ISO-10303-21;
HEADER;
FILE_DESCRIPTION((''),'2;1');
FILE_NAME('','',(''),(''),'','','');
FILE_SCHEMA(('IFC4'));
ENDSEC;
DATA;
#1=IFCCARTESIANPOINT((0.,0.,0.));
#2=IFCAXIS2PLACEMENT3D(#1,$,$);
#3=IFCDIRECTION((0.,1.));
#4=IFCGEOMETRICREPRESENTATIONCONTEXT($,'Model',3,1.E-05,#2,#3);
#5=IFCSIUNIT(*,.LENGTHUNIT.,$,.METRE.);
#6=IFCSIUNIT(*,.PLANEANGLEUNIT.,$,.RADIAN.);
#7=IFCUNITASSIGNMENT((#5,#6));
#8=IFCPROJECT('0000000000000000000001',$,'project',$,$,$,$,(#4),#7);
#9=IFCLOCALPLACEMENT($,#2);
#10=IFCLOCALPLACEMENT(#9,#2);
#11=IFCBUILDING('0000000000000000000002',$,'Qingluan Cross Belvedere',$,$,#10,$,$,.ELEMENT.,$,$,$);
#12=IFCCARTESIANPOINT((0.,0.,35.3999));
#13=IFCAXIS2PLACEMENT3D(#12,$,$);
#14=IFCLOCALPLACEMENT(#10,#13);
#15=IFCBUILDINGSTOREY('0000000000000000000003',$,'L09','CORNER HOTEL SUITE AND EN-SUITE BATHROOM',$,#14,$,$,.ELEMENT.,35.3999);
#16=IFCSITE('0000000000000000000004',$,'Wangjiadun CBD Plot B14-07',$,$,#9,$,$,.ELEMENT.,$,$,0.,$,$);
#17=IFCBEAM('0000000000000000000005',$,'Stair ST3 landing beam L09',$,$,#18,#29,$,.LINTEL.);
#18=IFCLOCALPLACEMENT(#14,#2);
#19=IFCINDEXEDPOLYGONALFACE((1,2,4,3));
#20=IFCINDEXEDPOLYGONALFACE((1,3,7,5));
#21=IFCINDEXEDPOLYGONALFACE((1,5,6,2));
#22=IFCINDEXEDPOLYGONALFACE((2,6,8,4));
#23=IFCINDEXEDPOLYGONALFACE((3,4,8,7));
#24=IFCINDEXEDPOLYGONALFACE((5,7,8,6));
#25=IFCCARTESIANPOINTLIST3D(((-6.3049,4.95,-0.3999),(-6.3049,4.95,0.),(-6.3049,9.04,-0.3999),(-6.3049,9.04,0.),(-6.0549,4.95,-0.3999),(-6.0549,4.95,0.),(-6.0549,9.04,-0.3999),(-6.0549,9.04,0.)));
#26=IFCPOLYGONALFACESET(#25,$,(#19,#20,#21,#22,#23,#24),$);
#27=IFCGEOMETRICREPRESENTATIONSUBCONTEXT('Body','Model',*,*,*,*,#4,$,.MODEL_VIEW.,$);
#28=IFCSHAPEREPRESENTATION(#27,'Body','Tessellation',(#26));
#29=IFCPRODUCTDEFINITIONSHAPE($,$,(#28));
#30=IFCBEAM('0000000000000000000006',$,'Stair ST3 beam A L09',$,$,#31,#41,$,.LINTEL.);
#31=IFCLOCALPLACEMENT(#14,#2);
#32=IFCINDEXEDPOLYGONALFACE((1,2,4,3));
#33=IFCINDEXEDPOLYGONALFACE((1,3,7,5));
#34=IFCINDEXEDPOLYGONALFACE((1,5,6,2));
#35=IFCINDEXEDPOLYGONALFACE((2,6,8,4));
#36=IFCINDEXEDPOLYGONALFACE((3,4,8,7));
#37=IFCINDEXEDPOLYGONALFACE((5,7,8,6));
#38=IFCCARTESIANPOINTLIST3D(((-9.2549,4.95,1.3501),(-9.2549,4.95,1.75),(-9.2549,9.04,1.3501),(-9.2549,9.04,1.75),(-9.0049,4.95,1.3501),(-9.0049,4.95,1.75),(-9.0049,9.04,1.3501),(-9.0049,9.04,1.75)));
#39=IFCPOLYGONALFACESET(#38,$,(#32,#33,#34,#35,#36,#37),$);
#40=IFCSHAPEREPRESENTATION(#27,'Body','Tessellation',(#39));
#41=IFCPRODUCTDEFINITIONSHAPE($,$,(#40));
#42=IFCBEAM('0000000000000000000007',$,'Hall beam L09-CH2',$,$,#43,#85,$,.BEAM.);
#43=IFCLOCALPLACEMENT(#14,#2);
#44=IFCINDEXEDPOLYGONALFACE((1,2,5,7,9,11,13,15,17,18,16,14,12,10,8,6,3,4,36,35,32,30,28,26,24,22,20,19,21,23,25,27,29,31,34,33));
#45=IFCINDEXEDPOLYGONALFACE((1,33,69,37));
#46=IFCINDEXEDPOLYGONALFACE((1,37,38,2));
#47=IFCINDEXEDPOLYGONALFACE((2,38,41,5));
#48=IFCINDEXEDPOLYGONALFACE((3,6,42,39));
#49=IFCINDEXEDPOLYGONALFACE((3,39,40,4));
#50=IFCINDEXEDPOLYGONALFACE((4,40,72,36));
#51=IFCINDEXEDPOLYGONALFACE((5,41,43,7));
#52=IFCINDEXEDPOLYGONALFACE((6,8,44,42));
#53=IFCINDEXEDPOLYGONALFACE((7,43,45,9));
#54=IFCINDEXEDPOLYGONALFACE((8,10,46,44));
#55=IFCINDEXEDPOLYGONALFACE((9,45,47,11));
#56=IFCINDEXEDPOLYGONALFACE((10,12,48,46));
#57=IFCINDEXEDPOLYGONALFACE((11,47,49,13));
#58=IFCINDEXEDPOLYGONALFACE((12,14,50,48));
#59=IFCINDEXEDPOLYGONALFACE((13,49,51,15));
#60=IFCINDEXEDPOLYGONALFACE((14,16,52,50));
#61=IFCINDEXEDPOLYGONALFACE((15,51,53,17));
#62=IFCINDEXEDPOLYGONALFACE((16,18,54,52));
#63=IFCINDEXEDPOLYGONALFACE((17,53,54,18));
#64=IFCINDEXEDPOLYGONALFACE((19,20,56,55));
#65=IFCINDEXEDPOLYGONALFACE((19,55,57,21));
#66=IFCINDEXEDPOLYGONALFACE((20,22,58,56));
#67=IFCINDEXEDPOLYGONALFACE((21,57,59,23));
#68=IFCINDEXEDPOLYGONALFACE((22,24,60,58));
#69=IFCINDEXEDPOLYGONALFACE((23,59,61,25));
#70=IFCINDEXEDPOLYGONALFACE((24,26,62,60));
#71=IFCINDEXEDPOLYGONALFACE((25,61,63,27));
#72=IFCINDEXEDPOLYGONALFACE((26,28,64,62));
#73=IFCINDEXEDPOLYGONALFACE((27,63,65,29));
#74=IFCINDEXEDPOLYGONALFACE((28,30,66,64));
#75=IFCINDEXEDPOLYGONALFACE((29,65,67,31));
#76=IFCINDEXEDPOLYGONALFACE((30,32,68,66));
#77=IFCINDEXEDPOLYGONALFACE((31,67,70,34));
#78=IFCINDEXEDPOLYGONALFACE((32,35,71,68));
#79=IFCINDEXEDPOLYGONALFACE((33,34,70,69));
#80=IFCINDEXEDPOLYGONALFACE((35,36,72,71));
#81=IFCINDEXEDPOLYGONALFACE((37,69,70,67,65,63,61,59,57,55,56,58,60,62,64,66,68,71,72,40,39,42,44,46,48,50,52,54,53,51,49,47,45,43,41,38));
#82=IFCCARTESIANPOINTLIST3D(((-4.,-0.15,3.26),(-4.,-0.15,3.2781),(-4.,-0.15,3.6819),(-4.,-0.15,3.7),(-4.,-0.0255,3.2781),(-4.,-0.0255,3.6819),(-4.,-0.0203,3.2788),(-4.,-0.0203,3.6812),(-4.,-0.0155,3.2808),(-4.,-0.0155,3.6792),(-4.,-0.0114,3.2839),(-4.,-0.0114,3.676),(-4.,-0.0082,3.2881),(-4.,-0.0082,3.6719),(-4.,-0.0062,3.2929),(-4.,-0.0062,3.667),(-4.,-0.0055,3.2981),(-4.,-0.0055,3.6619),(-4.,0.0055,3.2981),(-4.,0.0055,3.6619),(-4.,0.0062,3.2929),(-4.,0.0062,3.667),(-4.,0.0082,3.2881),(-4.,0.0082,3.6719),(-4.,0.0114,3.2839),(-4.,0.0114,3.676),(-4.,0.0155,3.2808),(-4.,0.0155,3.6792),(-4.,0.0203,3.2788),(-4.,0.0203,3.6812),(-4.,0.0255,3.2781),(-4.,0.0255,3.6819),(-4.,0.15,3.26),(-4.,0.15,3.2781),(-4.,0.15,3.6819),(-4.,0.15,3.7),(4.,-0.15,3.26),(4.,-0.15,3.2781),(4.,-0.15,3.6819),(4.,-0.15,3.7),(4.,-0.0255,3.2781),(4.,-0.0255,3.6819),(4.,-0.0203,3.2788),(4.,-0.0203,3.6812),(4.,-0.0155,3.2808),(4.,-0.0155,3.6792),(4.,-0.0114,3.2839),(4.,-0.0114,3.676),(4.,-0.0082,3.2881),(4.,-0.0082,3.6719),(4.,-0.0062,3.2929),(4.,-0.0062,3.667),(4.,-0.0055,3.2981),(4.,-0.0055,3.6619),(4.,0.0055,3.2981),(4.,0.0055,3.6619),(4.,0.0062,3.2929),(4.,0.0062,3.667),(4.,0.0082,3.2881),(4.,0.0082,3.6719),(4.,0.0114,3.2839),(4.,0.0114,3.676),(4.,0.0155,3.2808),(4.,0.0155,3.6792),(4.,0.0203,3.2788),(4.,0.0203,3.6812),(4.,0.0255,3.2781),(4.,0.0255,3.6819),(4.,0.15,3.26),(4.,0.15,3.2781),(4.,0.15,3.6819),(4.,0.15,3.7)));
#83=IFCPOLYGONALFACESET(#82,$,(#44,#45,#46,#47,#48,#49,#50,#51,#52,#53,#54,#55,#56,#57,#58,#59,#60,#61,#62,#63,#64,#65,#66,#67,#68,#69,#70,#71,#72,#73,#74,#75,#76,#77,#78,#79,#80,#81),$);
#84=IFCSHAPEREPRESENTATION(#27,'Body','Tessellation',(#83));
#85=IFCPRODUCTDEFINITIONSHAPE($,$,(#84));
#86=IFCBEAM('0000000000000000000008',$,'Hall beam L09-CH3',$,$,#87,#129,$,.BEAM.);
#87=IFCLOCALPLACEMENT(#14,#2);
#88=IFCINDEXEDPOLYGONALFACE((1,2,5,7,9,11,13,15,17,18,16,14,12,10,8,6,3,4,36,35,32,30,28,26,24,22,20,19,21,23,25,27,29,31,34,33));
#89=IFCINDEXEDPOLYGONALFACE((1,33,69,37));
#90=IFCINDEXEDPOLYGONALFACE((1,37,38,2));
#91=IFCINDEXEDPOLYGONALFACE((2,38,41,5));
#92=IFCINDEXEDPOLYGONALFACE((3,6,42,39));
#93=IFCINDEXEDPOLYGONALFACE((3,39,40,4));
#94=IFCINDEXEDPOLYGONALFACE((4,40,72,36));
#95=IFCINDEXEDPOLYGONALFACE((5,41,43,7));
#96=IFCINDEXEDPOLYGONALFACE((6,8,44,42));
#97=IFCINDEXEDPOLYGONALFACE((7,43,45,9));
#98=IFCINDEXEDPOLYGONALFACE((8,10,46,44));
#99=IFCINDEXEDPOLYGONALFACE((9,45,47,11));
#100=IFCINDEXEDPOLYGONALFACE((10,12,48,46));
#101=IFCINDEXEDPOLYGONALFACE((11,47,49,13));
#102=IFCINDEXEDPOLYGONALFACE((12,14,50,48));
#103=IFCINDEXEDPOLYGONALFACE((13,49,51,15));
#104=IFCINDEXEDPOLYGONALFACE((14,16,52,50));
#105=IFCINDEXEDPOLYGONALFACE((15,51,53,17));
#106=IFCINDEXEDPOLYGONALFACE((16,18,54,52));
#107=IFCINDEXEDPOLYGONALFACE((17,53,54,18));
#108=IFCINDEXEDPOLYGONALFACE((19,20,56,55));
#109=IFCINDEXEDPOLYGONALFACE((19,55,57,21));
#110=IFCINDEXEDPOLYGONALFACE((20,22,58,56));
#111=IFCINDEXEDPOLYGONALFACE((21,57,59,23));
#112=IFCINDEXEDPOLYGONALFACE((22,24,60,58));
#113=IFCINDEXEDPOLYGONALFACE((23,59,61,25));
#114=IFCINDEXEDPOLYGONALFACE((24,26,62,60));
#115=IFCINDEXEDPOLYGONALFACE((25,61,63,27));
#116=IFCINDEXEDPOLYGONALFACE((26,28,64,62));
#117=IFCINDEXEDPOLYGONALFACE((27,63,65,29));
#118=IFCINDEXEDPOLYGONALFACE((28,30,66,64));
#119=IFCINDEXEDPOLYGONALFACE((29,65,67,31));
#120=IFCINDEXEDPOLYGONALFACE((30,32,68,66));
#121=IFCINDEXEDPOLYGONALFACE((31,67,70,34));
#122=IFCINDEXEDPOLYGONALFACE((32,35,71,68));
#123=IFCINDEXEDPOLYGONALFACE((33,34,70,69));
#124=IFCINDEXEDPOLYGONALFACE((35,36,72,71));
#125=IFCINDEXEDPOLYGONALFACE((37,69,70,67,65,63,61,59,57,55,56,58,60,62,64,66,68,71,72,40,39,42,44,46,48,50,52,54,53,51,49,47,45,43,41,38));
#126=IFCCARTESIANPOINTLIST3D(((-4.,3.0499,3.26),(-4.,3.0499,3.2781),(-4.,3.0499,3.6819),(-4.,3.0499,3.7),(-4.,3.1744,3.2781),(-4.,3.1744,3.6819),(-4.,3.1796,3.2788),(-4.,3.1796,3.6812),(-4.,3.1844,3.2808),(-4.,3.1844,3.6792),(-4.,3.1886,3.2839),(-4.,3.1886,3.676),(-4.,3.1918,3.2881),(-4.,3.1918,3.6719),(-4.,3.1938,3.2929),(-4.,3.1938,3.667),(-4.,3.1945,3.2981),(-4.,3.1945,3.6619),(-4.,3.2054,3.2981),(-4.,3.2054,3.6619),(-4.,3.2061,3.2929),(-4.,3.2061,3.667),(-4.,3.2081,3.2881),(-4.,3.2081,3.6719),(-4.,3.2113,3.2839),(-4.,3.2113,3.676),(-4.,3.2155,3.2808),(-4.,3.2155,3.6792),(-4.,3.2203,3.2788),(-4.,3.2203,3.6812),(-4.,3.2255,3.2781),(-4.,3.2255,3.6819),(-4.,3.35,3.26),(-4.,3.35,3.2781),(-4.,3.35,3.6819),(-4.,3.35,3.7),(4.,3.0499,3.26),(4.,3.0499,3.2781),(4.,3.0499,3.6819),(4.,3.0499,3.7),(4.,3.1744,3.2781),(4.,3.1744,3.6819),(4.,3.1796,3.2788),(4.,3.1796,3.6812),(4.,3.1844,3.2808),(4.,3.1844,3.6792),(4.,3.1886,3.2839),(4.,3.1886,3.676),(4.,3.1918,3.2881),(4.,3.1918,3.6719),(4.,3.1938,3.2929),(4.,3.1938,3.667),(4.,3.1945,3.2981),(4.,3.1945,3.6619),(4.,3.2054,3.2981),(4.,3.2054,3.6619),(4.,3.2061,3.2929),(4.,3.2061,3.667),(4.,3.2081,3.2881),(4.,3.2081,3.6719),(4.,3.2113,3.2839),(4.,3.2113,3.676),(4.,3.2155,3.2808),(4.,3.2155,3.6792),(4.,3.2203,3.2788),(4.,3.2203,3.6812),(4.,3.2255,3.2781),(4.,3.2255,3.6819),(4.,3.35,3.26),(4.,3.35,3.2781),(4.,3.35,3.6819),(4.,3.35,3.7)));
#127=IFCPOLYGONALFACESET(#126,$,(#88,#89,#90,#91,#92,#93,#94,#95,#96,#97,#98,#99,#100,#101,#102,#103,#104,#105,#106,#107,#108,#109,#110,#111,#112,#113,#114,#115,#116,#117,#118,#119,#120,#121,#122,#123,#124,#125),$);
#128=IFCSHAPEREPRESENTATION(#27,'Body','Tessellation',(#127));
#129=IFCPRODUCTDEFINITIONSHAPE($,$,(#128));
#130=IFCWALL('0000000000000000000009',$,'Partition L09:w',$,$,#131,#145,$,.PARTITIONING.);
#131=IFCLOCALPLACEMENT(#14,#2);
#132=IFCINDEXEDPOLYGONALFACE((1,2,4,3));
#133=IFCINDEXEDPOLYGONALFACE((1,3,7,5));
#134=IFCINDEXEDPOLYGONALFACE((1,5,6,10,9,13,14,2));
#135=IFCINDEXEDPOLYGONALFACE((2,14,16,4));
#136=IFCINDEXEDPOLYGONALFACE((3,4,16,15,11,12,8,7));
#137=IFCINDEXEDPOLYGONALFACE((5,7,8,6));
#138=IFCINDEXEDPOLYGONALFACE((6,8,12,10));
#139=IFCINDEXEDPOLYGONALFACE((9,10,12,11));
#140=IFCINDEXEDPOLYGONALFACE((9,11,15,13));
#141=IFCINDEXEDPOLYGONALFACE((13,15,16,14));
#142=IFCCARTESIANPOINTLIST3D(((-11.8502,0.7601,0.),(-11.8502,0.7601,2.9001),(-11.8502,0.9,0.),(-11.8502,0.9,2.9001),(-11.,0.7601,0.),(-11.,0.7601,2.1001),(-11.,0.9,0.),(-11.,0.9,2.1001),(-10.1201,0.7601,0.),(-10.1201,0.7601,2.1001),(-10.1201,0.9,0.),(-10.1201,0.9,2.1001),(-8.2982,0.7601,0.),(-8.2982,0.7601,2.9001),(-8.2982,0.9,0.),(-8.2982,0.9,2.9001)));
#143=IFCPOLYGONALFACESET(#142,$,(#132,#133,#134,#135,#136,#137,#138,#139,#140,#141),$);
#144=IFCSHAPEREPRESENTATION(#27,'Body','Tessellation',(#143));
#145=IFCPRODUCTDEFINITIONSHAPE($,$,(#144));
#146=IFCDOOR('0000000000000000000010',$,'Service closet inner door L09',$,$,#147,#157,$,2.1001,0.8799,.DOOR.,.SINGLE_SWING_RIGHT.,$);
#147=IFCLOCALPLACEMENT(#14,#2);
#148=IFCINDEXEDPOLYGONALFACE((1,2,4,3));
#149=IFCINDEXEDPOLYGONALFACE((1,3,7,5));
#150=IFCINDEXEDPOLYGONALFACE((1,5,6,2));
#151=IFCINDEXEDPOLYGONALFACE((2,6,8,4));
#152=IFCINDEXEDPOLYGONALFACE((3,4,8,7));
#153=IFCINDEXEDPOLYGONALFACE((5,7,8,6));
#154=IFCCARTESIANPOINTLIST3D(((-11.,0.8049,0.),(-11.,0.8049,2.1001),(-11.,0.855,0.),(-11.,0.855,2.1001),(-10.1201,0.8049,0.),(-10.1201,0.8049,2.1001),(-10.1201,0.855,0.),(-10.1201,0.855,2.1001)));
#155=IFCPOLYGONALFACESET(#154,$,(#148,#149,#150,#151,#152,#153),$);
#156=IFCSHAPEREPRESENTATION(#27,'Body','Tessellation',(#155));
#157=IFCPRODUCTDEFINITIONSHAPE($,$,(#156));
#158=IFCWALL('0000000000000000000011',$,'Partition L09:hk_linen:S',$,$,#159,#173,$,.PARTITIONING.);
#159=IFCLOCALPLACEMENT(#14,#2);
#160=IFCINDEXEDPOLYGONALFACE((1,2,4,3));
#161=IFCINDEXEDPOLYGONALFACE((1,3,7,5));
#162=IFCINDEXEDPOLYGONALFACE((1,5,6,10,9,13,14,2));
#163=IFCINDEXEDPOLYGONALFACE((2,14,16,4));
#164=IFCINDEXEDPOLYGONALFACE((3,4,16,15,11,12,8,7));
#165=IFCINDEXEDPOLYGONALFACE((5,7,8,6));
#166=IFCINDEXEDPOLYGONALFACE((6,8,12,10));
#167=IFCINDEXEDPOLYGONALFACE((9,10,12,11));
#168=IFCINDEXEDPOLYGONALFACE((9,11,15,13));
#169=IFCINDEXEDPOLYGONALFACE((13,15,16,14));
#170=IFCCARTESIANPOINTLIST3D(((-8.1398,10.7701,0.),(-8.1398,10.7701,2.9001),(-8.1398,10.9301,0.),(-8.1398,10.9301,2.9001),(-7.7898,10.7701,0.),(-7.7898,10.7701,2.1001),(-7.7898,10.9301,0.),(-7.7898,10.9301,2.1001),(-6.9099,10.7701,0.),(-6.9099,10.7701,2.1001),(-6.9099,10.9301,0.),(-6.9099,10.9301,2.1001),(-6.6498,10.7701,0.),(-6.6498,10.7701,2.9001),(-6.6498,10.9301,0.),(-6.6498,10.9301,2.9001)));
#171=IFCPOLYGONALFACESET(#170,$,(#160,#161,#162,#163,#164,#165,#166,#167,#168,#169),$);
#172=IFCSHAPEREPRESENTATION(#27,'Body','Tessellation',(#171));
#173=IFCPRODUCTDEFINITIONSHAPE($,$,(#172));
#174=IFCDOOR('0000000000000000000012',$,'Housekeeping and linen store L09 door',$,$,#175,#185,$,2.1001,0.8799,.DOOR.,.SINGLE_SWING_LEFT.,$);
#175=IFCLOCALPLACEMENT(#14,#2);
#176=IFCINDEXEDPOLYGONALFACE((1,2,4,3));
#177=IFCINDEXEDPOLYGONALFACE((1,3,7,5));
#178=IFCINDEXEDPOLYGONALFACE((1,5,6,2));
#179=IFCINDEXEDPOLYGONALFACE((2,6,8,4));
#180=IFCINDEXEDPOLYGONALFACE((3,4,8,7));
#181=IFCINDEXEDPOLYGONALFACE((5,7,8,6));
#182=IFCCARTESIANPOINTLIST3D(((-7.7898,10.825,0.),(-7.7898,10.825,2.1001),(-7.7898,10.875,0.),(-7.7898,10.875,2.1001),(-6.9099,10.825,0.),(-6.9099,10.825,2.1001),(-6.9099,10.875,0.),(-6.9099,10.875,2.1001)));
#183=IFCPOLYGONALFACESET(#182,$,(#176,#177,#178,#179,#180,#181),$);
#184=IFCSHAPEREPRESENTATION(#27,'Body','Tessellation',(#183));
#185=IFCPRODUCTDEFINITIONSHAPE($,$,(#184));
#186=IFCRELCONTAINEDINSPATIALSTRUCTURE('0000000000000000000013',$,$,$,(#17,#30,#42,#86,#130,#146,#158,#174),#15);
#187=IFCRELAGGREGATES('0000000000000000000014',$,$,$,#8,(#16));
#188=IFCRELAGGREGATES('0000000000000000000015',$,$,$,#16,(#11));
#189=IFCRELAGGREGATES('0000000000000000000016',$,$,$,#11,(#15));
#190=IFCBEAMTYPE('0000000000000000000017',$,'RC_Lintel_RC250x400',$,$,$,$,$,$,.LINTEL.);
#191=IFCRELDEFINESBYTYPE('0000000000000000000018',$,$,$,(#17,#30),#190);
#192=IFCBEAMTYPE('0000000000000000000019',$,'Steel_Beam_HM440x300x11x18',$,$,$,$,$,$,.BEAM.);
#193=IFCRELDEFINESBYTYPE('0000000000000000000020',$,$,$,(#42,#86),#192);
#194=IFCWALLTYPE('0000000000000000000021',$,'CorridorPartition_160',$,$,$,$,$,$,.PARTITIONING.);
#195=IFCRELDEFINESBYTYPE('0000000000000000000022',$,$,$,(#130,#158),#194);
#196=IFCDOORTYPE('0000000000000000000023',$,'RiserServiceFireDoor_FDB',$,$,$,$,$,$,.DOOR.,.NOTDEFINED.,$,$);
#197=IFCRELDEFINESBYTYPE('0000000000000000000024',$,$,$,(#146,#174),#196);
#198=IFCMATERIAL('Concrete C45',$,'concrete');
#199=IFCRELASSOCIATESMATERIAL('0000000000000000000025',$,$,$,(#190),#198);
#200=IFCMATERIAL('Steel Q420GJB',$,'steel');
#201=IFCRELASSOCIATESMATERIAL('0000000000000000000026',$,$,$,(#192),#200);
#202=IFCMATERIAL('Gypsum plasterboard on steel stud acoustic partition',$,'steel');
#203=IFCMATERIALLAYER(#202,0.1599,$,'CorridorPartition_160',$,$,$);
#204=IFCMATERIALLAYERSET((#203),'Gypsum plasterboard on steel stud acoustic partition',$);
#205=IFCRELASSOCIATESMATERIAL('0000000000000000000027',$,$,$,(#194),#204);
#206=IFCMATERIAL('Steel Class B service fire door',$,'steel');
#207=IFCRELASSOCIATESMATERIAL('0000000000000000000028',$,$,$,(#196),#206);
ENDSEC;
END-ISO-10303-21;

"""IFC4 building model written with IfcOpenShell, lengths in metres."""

from ifc_helpers import new_model, si_unit, direction, frame, frame_2d, origin, origin_2d, place, context, subcontext, project, spatial, rectangle, i_section, extrude, material, layer, layer_set, material_profile, profile_set, type_object, element, fill, save


model = new_model("IFC4")

# Units and contexts
model_context = context("Model", 3, precision=1e-05, world=origin(), true_north=direction((0.0, 1.0)))
body_context = subcontext(model_context, "Body", "Model", "MODEL_VIEW")
ifc_project = project(units=[si_unit("LENGTHUNIT", "METRE"), si_unit("PLANEANGLEUNIT", "RADIAN")], contexts=[model_context])

# Site, building, storey
site_placement = place(None, origin())
site = spatial("IfcSite", under=ifc_project, at=site_placement, Name="Wangjiadun CBD Plot B14-07", CompositionType="ELEMENT", RefElevation=0.0)
building_placement = place(site_placement, origin())
building = spatial("IfcBuilding", under=site, at=building_placement, Name="Qingluan Cross Belvedere", CompositionType="ELEMENT")
storey_placement = place(building_placement, frame((0.0, 0.0, 35.3999)))
storey = spatial("IfcBuildingStorey", under=building, at=storey_placement, Name="L09", Description="CORNER HOTEL SUITE AND EN-SUITE BATHROOM", CompositionType="ELEMENT", Elevation=35.3999)

# Beams
ifc_material_1 = material(Name="Concrete C45", Category="concrete")
ifc_material_profile_1 = material_profile(ifc_material_1, rectangle(XDim=0.25, YDim=0.3999, at=origin_2d()), Name="RC250x400")
ifc_profile_set_1 = profile_set([ifc_material_profile_1], Name="Concrete C45")
beam_type_1 = type_object("IfcBeamType", Name="RC_Lintel_RC250x400", PredefinedType="LINTEL", material=ifc_profile_set_1)
for number, where, z_axis, x_axis, name in (
    (1, (-6.1799, 4.95, -0.2), (0.0, 1.0, 0.0), (-1.0, 0.0, 0.0), "Stair ST3 landing beam L09"),
    (2, (-9.1299, 4.95, 1.55), (0.0, 1.0, 0.0), (-1.0, 0.0, 0.0), "Stair ST3 beam A L09"),
):
    element("IfcBeam", number, at=place(storey_placement, frame(where, z_axis=z_axis, x_axis=x_axis)), inside=storey, type_object=beam_type_1, Name=name, PredefinedType="LINTEL", context=body_context, shape_type="SweptSolid", body=[
        extrude(rectangle(XDim=0.25, YDim=0.3999, at=origin_2d()), origin(), (0.0, 0.0, 1.0), 4.0901),
    ])
ifc_material_2 = material(Name="Steel Q420GJB", Category="steel")
ifc_material_profile_2 = material_profile(ifc_material_2, i_section(OverallWidth=0.3, OverallDepth=0.4399, WebThickness=0.011, FlangeThickness=0.0181, FilletRadius=0.02, at=origin_2d()), Name="HM440x300x11x18")
ifc_profile_set_2 = profile_set([ifc_material_profile_2], Name="Steel Q420GJB")
beam_type_2 = type_object("IfcBeamType", Name="Steel_Beam_HM440x300x11x18", PredefinedType="BEAM", material=ifc_profile_set_2)
for number, where, z_axis, x_axis, name in (
    (3, (-4.0, 0.0, 3.48), (1.0, 0.0, 0.0), (0.0, 1.0, 0.0), "Hall beam L09-CH2"),
    (4, (-4.0, 3.2, 3.48), (1.0, 0.0, 0.0), (0.0, 1.0, 0.0), "Hall beam L09-CH3"),
):
    element("IfcBeam", number, at=place(storey_placement, frame(where, z_axis=z_axis, x_axis=x_axis)), inside=storey, type_object=beam_type_2, Name=name, PredefinedType="BEAM", context=body_context, shape_type="SweptSolid", body=[
        extrude(i_section(OverallWidth=0.3, OverallDepth=0.4399, WebThickness=0.011, FlangeThickness=0.0181, FilletRadius=0.02, at=origin_2d()), origin(), (0.0, 0.0, 1.0), 8.0),
    ])

# Walls, openings, doors
ifc_material_3 = material(Name="Gypsum plasterboard on steel stud acoustic partition", Category="steel")
ifc_layer_1 = layer(ifc_material_3, 0.1599, Name="CorridorPartition_160")
ifc_layer_set_1 = layer_set([ifc_layer_1], Name="Gypsum plasterboard on steel stud acoustic partition")
wall_type_1 = type_object("IfcWallType", Name="CorridorPartition_160", PredefinedType="PARTITIONING", material=ifc_layer_set_1)
wall_1_placement = place(storey_placement, frame((-11.8501, 0.8301, 0.0), z_axis=(0.0, 0.0, 1.0), x_axis=(1.0, 0.0, 0.0)))
wall_1 = element("IfcWall", 5, at=wall_1_placement, inside=storey, type_object=wall_type_1, Name="Partition L09:w", PredefinedType="PARTITIONING", context=body_context, shape_type="SweptSolid", body=[
    extrude(rectangle(XDim=3.552, YDim=0.1399, at=frame_2d((1.7759, 0.0))), origin(), (0.0, 0.0, 1.0), 2.9001),
])
opening_1_placement = place(wall_1_placement, frame((0.8501, 0.0, 0.0)))
opening_1 = element("IfcOpeningElement", 6, at=opening_1_placement, cuts=wall_1, PredefinedType="OPENING", context=body_context, shape_type="SweptSolid", body=[
    extrude(rectangle(XDim=0.8799, YDim=2.1001, at=frame_2d((0.4399, 1.05))), frame((0.0, 0.0798, 0.0), z_axis=(0.0, -1.0, 0.0), x_axis=(1.0, 0.0, 0.0)), (0.0, 0.0, 1.0), 0.1599),
])
ifc_material_4 = material(Name="Steel Class B service fire door", Category="steel")
door_type_1 = type_object("IfcDoorType", Name="RiserServiceFireDoor_FDB", OperationType="NOTDEFINED", PredefinedType="DOOR", material=ifc_material_4)
door_1_placement = place(opening_1_placement, origin())
door_1 = element("IfcDoor", 7, at=door_1_placement, inside=storey, type_object=door_type_1, Name="Service closet inner door L09", OperationType="SINGLE_SWING_RIGHT", OverallHeight=2.1001, OverallWidth=0.8799, PredefinedType="DOOR", context=body_context, shape_type="SweptSolid", body=[
    extrude(rectangle(XDim=0.8799, YDim=2.1001, at=frame_2d((0.4399, 1.05))), frame((0.0, 0.0249, 0.0), z_axis=(0.0, -1.0, 0.0), x_axis=(1.0, 0.0, 0.0)), (0.0, 0.0, 1.0), 0.05),
])
fill(opening_1, door_1)
wall_2_placement = place(storey_placement, frame((-8.1399, 10.8501, 0.0), z_axis=(0.0, 0.0, 1.0), x_axis=(1.0, 0.0, 0.0)))
wall_2 = element("IfcWall", 8, at=wall_2_placement, inside=storey, type_object=wall_type_1, Name="Partition L09:hk_linen:S", PredefinedType="PARTITIONING", context=body_context, shape_type="SweptSolid", body=[
    extrude(rectangle(XDim=1.49, YDim=0.1599, at=frame_2d((0.7451, 0.0))), origin(), (0.0, 0.0, 1.0), 2.9001),
])
opening_2_placement = place(wall_2_placement, frame((0.3501, 0.0, 0.0)))
opening_2 = element("IfcOpeningElement", 9, at=opening_2_placement, cuts=wall_2, PredefinedType="OPENING", context=body_context, shape_type="SweptSolid", body=[
    extrude(rectangle(XDim=0.8799, YDim=2.1001, at=frame_2d((0.4399, 1.05))), frame((0.0, 0.0898, 0.0), z_axis=(0.0, -1.0, 0.0), x_axis=(1.0, 0.0, 0.0)), (0.0, 0.0, 1.0), 0.1799),
])
door_2_placement = place(opening_2_placement, origin())
door_2 = element("IfcDoor", 10, at=door_2_placement, inside=storey, type_object=door_type_1, Name="Housekeeping and linen store L09 door", OperationType="SINGLE_SWING_LEFT", OverallHeight=2.1001, OverallWidth=0.8799, PredefinedType="DOOR", context=body_context, shape_type="SweptSolid", body=[
    extrude(rectangle(XDim=0.8799, YDim=2.1001, at=frame_2d((0.4399, 1.05))), frame((0.0, 0.0249, 0.0), z_axis=(0.0, -1.0, 0.0), x_axis=(1.0, 0.0, 0.0)), (0.0, 0.0, 1.0), 0.05),
])
fill(opening_2, door_2)

save(model, "model.ifc")
